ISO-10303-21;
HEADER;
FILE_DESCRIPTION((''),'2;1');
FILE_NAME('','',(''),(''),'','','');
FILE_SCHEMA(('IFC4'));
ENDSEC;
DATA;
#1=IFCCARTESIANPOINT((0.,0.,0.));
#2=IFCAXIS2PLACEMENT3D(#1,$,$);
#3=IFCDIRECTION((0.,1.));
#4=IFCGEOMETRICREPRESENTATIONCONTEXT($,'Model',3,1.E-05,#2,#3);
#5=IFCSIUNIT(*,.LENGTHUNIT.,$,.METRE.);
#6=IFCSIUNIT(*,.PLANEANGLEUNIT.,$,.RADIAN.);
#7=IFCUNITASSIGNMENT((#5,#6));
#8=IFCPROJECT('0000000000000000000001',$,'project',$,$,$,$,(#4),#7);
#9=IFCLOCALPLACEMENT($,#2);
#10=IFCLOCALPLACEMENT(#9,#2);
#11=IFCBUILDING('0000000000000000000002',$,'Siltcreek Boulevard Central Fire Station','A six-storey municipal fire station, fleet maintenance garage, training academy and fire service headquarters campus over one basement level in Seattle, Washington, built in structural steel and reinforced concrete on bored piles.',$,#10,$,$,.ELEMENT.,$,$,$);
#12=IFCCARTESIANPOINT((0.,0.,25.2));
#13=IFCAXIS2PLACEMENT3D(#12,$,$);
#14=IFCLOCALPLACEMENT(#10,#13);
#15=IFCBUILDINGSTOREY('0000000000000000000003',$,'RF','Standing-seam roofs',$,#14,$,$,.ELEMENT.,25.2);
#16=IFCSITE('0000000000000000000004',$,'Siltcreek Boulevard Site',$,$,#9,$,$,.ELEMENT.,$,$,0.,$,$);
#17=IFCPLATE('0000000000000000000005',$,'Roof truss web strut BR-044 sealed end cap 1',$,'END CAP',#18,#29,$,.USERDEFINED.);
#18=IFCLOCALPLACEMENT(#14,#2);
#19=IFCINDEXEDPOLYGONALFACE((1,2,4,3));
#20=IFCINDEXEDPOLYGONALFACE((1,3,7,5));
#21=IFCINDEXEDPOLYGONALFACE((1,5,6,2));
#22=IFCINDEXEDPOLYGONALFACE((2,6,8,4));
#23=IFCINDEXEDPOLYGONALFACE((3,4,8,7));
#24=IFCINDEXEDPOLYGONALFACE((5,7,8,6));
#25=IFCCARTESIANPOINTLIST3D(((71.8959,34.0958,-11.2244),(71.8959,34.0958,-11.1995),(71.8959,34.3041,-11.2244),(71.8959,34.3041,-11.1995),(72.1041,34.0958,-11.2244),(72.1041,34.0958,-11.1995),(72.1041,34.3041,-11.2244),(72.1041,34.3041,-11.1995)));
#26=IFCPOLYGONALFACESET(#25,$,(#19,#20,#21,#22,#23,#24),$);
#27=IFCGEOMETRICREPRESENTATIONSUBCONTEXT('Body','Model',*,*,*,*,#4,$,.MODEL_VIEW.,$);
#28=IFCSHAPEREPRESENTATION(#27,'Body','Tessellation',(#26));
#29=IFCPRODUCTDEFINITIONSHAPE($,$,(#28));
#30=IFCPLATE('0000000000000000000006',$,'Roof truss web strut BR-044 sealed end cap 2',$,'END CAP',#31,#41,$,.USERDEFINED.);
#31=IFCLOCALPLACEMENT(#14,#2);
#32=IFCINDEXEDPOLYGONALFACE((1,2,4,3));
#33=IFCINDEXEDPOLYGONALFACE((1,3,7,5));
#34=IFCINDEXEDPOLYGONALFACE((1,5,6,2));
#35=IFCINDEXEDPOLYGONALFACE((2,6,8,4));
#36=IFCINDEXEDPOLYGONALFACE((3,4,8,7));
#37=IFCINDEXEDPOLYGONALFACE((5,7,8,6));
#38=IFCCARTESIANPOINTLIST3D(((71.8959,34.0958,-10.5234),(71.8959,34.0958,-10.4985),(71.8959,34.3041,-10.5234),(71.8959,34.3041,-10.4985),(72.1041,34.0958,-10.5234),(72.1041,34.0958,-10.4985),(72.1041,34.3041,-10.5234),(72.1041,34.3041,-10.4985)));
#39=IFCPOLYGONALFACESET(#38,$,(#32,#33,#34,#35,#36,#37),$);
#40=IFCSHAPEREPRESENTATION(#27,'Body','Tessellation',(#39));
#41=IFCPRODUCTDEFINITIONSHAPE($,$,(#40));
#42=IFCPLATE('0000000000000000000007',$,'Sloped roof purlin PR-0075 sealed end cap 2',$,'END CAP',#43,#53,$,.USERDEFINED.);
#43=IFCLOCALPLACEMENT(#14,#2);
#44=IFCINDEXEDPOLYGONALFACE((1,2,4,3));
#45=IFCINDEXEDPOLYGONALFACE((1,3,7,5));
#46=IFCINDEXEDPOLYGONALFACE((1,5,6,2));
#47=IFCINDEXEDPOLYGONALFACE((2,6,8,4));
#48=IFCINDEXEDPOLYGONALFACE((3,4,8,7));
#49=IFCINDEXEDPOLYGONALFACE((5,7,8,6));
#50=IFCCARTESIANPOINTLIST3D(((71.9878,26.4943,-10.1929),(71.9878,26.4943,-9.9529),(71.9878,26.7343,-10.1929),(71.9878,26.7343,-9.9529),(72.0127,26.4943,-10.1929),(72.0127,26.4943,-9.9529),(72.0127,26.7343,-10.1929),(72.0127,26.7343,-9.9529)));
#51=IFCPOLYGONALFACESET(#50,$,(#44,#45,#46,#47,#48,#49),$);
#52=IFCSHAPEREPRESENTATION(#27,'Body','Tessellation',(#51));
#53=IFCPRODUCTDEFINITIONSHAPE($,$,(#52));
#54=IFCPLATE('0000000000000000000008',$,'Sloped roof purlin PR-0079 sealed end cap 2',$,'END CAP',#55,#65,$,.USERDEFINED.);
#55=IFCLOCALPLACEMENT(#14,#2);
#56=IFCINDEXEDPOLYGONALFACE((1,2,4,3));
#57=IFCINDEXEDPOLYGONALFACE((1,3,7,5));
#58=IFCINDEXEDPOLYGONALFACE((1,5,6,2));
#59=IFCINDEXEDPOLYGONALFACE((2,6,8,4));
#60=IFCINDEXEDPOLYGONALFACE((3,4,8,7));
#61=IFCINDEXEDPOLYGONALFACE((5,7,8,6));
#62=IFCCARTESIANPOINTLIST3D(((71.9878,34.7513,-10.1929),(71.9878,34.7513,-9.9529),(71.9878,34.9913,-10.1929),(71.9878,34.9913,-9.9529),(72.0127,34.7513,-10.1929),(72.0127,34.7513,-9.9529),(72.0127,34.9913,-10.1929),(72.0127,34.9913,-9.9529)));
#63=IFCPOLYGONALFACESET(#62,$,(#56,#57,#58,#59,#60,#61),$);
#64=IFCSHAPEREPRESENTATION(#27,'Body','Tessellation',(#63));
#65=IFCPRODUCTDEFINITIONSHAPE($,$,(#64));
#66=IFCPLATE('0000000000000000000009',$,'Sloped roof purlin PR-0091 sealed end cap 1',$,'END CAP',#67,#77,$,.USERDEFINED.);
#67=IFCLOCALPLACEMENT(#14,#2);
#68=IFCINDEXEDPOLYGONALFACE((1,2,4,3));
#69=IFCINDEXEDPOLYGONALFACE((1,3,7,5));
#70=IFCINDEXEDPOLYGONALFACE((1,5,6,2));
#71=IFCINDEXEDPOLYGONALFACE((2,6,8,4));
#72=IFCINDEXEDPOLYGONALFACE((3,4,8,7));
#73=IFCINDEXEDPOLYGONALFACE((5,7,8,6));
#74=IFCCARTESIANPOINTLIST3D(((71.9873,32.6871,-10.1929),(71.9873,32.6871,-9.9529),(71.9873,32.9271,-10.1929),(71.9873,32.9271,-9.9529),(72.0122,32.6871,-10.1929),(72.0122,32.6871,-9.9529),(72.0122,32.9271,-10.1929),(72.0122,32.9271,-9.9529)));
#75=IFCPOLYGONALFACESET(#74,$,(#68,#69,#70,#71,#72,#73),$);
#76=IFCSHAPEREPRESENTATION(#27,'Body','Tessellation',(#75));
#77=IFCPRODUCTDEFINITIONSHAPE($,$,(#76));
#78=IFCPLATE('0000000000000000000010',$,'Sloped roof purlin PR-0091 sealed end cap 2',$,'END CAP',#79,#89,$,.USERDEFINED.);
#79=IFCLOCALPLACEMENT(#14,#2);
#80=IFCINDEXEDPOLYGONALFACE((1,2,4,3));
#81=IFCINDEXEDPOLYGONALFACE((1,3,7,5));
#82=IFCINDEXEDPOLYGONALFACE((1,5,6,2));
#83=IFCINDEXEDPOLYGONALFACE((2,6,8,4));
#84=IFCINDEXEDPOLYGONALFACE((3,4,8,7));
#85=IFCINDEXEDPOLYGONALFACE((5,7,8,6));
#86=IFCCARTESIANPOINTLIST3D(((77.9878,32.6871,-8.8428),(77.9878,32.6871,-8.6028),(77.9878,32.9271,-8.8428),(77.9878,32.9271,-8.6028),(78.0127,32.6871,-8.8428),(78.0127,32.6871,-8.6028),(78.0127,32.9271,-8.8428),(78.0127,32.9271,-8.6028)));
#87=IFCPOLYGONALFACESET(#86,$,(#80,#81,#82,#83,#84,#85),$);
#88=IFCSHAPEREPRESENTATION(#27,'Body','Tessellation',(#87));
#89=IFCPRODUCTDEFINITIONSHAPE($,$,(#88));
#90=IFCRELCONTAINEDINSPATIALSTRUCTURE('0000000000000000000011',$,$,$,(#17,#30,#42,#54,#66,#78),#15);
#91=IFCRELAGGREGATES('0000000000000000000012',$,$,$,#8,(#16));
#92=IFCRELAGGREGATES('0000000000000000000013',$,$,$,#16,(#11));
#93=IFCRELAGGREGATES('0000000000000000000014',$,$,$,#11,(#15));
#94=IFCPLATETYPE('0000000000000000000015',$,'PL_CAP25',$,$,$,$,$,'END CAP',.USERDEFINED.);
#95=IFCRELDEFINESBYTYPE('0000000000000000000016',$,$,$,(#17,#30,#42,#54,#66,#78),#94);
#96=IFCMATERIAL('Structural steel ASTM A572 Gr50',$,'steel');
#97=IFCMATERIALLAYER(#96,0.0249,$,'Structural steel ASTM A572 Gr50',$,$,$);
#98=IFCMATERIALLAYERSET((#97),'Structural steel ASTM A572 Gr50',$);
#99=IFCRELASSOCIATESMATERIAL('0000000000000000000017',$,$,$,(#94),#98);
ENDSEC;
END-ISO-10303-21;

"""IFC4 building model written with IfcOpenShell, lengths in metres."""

from ifc_helpers import new_model, si_unit, direction, frame, origin, origin_2d, place, context, subcontext, project, spatial, rectangle, extrude, material, layer, layer_set, type_object, element, save


model = new_model("IFC4")

# Units and contexts
model_context = context("Model", 3, precision=1e-05, world=origin(), true_north=direction((0.0, 1.0)))
body_context = subcontext(model_context, "Body", "Model", "MODEL_VIEW")
ifc_project = project(units=[si_unit("LENGTHUNIT", "METRE"), si_unit("PLANEANGLEUNIT", "RADIAN")], contexts=[model_context])

# Site, building, storey
site_placement = place(None, origin())
site = spatial("IfcSite", under=ifc_project, at=site_placement, Name="Siltcreek Boulevard Site", CompositionType="ELEMENT", RefElevation=0.0)
building_placement = place(site_placement, origin())
building = spatial("IfcBuilding", under=site, at=building_placement, Name="Siltcreek Boulevard Central Fire Station", Description="A six-storey municipal fire station, fleet maintenance garage, training academy and fire service headquarters campus over one basement level in Seattle, Washington, built in structural steel and reinforced concrete on bored piles.", CompositionType="ELEMENT")
storey_placement = place(building_placement, frame((0.0, 0.0, 25.2)))
storey = spatial("IfcBuildingStorey", under=building, at=storey_placement, Name="RF", Description="Standing-seam roofs", CompositionType="ELEMENT", Elevation=25.2)

# Plates
ifc_material_1 = material(Name="Structural steel ASTM A572 Gr50", Category="steel")
ifc_layer = layer(ifc_material_1, 0.0249, Name="Structural steel ASTM A572 Gr50")
ifc_layer_set = layer_set([ifc_layer], Name="Structural steel ASTM A572 Gr50")
plate_type = type_object("IfcPlateType", Name="PL_CAP25", ElementType="END CAP", PredefinedType="USERDEFINED", material=ifc_layer_set)
for number, where, z_axis, x_axis, name in (
    (1, (72.0, 34.2, -11.2244), (0.0, 0.0, 1.0), (1.0, 0.0, 0.0), "Roof truss web strut BR-044 sealed end cap 1"),
    (2, (72.0, 34.2, -10.5234), (0.0, 0.0, 1.0), (1.0, 0.0, 0.0), "Roof truss web strut BR-044 sealed end cap 2"),
):
    element("IfcPlate", number, at=place(storey_placement, frame(where, z_axis=z_axis, x_axis=x_axis)), inside=storey, type_object=plate_type, Name=name, ObjectType="END CAP", PredefinedType="USERDEFINED", context=body_context, shape_type="SweptSolid", body=[
        extrude(rectangle(XDim=0.2083, YDim=0.2083, at=origin_2d()), origin(), (0.0, 0.0, 1.0), 0.0249),
    ])
for number, where, z_axis, x_axis, name in (
    (3, (72.0002, 26.6143, -10.1929), (0.0, 0.0, 1.0), (1.0, 0.0, 0.0), "Sloped roof purlin PR-0075 sealed end cap 2"),
    (4, (72.0002, 34.8713, -10.1929), (0.0, 0.0, 1.0), (1.0, 0.0, 0.0), "Sloped roof purlin PR-0079 sealed end cap 2"),
    (5, (71.9998, 32.8071, -10.1929), (0.0, 0.0, 1.0), (1.0, 0.0, 0.0), "Sloped roof purlin PR-0091 sealed end cap 1"),
    (6, (78.0002, 32.8071, -8.8428), (0.0, 0.0, 1.0), (1.0, 0.0, 0.0), "Sloped roof purlin PR-0091 sealed end cap 2"),
):
    element("IfcPlate", number, at=place(storey_placement, frame(where, z_axis=z_axis, x_axis=x_axis)), inside=storey, type_object=plate_type, Name=name, ObjectType="END CAP", PredefinedType="USERDEFINED", context=body_context, shape_type="SweptSolid", body=[
        extrude(rectangle(XDim=0.0249, YDim=0.24, at=origin_2d()), origin(), (0.0, 0.0, 1.0), 0.24),
    ])

save(model, "model.ifc")
